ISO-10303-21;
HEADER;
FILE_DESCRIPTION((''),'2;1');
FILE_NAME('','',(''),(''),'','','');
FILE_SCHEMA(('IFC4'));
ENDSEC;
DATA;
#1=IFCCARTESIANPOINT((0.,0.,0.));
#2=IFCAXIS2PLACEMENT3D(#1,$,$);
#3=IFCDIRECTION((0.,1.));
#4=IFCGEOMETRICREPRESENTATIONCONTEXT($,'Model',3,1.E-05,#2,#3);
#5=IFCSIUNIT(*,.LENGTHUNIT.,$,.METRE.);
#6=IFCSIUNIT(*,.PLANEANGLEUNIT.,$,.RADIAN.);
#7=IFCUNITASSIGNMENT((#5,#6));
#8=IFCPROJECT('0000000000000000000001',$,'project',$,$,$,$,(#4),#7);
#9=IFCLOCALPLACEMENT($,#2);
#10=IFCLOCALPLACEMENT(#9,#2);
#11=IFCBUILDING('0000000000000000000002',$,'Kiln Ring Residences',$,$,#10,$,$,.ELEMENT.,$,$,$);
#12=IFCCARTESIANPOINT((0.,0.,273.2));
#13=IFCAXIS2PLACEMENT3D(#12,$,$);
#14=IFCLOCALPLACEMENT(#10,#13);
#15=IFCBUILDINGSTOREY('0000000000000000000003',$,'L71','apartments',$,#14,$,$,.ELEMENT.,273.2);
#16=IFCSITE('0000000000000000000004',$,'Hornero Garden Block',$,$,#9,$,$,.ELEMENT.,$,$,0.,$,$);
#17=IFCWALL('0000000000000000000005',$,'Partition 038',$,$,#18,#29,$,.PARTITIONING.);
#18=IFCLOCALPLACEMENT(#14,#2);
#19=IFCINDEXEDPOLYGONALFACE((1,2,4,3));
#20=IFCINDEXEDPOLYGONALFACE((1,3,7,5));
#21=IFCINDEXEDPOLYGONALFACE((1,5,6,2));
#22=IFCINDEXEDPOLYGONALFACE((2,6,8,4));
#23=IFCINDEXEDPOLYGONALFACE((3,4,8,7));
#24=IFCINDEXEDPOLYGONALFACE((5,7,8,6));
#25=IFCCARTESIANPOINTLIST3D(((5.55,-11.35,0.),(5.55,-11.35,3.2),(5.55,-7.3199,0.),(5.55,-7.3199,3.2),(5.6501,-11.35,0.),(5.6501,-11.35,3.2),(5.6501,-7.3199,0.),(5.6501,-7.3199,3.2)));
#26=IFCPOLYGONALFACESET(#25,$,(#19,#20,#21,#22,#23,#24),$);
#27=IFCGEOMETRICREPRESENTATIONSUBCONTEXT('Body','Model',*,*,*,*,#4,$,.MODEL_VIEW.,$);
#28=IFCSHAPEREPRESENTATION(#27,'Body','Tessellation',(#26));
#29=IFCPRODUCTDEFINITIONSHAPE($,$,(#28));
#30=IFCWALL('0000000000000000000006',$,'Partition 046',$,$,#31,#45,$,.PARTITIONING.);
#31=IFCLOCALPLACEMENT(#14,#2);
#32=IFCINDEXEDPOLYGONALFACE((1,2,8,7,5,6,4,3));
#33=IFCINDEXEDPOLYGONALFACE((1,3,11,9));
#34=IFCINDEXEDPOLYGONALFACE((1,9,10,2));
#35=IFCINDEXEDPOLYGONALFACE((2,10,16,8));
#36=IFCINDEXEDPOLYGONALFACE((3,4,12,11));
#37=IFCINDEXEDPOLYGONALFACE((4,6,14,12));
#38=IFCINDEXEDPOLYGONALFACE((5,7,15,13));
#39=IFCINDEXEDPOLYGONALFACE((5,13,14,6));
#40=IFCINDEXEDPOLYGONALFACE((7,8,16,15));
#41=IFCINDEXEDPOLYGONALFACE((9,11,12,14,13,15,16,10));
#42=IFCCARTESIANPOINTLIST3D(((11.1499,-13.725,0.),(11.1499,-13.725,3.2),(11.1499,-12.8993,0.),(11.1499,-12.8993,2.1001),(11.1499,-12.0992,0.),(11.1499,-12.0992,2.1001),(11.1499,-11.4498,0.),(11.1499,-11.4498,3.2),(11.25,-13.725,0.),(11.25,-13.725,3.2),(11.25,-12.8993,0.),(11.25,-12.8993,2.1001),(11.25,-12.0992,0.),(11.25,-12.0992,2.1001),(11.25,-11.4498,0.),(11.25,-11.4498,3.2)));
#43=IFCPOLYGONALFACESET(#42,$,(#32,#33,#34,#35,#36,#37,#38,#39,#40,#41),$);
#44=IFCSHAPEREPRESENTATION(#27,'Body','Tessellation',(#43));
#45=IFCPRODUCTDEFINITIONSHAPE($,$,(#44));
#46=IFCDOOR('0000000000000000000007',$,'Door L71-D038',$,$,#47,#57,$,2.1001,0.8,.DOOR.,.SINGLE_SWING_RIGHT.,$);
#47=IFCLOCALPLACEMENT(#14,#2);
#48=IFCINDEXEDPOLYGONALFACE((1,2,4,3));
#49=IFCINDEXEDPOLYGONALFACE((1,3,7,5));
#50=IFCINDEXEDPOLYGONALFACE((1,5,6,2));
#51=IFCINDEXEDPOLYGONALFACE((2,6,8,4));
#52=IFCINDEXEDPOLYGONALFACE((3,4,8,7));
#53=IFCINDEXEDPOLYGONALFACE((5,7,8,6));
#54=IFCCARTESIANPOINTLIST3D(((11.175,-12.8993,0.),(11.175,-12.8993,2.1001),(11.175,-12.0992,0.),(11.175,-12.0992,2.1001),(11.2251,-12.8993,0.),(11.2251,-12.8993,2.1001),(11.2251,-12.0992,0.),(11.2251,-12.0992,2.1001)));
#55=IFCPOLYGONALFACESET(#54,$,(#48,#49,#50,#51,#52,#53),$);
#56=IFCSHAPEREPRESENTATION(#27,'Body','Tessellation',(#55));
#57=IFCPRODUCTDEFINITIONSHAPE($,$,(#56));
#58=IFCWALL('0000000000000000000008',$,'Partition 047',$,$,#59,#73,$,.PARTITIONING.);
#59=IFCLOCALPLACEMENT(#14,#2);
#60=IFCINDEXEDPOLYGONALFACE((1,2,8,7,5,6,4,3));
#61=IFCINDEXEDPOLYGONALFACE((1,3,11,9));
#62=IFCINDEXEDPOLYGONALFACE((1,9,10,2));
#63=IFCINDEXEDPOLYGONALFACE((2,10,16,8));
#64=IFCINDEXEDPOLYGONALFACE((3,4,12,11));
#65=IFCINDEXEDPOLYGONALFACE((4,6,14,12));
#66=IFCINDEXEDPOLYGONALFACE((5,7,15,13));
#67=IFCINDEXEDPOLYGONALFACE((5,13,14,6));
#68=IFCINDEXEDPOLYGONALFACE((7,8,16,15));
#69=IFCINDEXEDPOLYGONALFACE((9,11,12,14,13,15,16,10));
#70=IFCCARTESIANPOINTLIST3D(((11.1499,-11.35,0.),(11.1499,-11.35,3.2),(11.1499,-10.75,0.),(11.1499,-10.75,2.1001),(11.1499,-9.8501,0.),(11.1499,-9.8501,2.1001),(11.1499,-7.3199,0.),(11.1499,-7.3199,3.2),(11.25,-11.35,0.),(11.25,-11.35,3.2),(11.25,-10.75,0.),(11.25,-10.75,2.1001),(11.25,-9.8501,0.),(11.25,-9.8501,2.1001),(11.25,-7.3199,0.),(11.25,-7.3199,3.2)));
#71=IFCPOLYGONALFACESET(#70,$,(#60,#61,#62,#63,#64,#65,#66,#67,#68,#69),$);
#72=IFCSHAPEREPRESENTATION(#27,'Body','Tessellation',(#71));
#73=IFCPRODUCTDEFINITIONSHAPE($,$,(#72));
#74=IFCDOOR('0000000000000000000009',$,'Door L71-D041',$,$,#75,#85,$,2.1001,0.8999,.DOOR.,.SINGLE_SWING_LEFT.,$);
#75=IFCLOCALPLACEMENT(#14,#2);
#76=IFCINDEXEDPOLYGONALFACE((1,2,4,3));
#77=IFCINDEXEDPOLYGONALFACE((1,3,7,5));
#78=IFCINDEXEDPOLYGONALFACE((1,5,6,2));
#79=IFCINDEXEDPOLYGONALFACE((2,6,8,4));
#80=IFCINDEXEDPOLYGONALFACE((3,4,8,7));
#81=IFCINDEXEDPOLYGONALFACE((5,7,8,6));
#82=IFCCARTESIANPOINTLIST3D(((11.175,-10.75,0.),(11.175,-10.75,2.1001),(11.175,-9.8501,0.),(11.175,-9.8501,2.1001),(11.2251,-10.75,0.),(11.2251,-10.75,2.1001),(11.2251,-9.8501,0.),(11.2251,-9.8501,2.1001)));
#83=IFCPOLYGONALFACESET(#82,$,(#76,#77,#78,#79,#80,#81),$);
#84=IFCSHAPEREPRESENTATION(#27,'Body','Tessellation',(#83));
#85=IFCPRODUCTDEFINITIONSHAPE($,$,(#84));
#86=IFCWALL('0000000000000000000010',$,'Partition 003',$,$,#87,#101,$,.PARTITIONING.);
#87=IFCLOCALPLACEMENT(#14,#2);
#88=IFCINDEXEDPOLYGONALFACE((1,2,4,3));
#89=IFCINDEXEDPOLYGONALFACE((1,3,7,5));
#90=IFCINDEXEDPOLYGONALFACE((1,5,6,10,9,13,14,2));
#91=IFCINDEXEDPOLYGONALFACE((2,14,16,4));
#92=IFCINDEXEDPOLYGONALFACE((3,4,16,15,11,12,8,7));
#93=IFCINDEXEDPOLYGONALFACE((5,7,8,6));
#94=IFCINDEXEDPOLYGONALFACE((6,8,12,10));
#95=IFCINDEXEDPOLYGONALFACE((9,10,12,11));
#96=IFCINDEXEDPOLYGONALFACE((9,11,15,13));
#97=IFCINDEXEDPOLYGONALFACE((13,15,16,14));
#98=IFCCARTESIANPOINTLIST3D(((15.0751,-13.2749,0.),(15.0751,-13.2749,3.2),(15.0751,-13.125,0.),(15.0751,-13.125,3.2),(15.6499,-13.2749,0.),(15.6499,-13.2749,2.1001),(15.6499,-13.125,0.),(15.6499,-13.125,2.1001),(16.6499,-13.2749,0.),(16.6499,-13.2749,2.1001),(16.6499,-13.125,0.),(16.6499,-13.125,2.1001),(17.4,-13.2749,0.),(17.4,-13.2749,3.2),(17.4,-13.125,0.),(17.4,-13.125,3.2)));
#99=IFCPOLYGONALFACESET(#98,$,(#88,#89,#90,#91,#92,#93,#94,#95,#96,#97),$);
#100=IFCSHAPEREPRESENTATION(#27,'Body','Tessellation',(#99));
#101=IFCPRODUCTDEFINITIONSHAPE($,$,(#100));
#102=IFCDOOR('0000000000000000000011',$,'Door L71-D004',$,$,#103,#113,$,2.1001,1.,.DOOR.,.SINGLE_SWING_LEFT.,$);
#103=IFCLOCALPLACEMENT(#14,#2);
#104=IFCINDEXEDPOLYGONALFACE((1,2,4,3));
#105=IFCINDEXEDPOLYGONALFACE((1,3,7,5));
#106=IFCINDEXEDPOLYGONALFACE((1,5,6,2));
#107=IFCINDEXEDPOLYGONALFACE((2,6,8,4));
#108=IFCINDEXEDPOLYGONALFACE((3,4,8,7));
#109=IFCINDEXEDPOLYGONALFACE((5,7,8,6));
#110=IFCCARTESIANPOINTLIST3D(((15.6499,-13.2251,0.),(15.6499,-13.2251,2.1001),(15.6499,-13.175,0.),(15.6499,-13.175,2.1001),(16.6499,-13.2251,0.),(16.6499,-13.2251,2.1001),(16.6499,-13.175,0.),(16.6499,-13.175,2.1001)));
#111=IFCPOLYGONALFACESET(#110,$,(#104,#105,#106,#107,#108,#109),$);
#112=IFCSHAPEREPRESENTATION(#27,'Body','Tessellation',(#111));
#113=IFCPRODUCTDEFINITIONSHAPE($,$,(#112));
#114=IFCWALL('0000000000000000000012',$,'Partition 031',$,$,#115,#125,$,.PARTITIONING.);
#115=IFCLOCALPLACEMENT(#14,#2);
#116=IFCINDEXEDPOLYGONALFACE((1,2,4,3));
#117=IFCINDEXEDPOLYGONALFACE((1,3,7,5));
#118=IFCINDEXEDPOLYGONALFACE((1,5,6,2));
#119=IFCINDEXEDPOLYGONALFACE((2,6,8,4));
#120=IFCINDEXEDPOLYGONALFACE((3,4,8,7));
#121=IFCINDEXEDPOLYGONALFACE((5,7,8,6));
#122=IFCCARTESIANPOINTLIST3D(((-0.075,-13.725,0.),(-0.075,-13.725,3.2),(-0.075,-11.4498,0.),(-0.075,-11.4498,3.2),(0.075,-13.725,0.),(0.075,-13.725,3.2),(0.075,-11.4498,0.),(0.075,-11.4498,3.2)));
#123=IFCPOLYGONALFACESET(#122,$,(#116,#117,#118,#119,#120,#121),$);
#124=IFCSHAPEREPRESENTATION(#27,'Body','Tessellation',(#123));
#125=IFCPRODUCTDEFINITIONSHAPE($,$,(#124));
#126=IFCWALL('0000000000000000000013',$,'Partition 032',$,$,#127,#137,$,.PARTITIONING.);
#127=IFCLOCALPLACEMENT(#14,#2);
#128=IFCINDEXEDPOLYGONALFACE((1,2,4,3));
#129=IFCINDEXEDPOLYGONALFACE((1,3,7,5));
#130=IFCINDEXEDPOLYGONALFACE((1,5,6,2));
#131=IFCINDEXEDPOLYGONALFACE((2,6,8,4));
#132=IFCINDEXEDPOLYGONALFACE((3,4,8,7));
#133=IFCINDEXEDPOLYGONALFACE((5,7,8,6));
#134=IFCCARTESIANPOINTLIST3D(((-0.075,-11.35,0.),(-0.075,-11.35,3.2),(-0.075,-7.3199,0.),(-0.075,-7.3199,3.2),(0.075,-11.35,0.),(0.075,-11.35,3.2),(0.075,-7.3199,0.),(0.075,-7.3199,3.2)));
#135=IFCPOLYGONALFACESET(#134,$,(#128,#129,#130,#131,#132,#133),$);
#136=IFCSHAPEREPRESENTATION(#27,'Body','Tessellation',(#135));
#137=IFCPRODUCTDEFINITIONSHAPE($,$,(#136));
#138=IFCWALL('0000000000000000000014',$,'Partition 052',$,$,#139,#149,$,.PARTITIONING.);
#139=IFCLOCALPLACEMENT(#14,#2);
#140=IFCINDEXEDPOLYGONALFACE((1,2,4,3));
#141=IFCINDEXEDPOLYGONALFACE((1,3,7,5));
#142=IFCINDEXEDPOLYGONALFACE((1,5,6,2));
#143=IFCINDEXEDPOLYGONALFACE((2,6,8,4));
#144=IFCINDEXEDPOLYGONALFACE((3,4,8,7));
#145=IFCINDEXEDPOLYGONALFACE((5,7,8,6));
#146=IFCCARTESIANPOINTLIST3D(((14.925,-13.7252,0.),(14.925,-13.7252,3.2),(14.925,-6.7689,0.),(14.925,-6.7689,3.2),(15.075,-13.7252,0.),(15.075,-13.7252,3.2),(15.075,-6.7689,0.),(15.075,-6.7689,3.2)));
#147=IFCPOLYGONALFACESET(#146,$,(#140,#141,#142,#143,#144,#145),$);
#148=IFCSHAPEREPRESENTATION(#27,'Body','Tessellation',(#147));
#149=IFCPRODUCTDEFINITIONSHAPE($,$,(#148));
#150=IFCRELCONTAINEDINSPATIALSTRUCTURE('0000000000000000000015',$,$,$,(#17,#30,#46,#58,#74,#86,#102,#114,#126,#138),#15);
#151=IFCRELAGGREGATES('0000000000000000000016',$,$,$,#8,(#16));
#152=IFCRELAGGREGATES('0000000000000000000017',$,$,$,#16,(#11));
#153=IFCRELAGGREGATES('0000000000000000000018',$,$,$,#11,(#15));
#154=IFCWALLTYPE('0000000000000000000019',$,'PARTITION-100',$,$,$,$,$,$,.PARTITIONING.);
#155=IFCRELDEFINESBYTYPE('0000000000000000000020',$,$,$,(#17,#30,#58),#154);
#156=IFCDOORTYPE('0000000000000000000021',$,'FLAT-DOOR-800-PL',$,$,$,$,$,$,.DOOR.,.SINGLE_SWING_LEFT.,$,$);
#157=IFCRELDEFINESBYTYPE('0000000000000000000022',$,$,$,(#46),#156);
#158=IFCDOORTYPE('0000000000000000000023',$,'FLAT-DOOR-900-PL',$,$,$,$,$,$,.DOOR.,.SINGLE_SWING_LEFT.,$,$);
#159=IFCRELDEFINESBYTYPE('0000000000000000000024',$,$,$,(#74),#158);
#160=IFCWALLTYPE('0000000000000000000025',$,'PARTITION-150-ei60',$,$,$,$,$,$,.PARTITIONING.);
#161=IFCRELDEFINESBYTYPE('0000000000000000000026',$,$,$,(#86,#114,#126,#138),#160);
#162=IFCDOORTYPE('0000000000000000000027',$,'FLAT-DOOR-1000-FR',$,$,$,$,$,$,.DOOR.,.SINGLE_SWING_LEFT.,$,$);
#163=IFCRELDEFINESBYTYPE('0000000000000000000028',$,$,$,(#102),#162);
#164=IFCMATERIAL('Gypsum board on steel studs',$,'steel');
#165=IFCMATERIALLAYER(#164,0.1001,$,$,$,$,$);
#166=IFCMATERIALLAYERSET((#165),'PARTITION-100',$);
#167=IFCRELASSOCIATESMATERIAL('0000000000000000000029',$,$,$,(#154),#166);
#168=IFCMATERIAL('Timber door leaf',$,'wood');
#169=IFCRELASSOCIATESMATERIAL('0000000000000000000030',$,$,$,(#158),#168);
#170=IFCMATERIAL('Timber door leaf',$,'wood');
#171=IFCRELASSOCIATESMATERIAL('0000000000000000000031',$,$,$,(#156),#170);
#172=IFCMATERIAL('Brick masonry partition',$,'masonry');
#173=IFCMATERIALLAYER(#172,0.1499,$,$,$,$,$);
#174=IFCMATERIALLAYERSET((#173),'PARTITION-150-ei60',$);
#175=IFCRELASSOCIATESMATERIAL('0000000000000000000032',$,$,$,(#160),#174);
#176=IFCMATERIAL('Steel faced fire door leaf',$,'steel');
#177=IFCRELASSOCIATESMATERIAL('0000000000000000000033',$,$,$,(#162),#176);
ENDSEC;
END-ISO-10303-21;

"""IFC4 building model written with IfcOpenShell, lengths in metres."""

from ifc_helpers import new_model, si_unit, direction, frame, frame_2d, origin, place, context, subcontext, project, spatial, rectangle, extrude, material, layer, layer_set, type_object, element, fill, save


model = new_model("IFC4")

# Units and contexts
model_context = context("Model", 3, precision=1e-05, world=origin(), true_north=direction((0.0, 1.0)))
body_context = subcontext(model_context, "Body", "Model", "MODEL_VIEW")
ifc_project = project(units=[si_unit("LENGTHUNIT", "METRE"), si_unit("PLANEANGLEUNIT", "RADIAN")], contexts=[model_context])

# Site, building, storey
site_placement = place(None, origin())
site = spatial("IfcSite", under=ifc_project, at=site_placement, Name="Hornero Garden Block", CompositionType="ELEMENT", RefElevation=0.0)
building_placement = place(site_placement, origin())
building = spatial("IfcBuilding", under=site, at=building_placement, Name="Kiln Ring Residences", CompositionType="ELEMENT")
storey_placement = place(building_placement, frame((0.0, 0.0, 273.2)))
storey = spatial("IfcBuildingStorey", under=building, at=storey_placement, Name="L71", Description="apartments", CompositionType="ELEMENT", Elevation=273.2)

# Shared definitions
ifc_material_1 = material(Name="Gypsum board on steel studs", Category="steel")
ifc_layer_1 = layer(ifc_material_1, 0.1001)
ifc_layer_set_1 = layer_set([ifc_layer_1], Name="PARTITION-100")
wall_type_1 = type_object("IfcWallType", Name="PARTITION-100", PredefinedType="PARTITIONING", material=ifc_layer_set_1)
ifc_material_2 = material(Name="Timber door leaf", Category="wood")
door_type_1 = type_object("IfcDoorType", Name="FLAT-DOOR-900-PL", OperationType="SINGLE_SWING_LEFT", PredefinedType="DOOR", material=ifc_material_2)

# Wall
wall_1_placement = place(storey_placement, frame((5.6001, -11.3501, 0.0), z_axis=(0.0, 0.0, 1.0), x_axis=(0.0, 1.0, 0.0)))
element("IfcWall", 1, at=wall_1_placement, inside=storey, type_object=wall_type_1, Name="Partition 038", PredefinedType="PARTITIONING", context=body_context, shape_type="SweptSolid", body=[
    extrude(rectangle(XDim=4.03, YDim=0.1001, at=frame_2d((2.0151, 0.0))), origin(), (0.0, 0.0, 1.0), 3.2),
])

# Walls, openings, doors
wall_2_placement = place(storey_placement, frame((11.2, -13.7251, 0.0), z_axis=(0.0, 0.0, 1.0), x_axis=(0.0, 1.0, 0.0)))
wall_2 = element("IfcWall", 2, at=wall_2_placement, inside=storey, type_object=wall_type_1, Name="Partition 046", PredefinedType="PARTITIONING", context=body_context, shape_type="SweptSolid", body=[
    extrude(rectangle(XDim=2.2751, YDim=0.1001, at=frame_2d((1.1377, 0.0))), origin(), (0.0, 0.0, 1.0), 3.2),
])
opening_1_placement = place(wall_2_placement, frame((0.8259, 0.0, 0.0)))
opening_1 = element("IfcOpeningElement", 3, at=opening_1_placement, cuts=wall_2, PredefinedType="OPENING", context=body_context, shape_type="SweptSolid", body=[
    extrude(rectangle(XDim=0.8, YDim=2.1001, at=frame_2d((0.3999, 1.05))), frame((0.0, 0.0601, 0.0), z_axis=(0.0, -1.0, 0.0), x_axis=(1.0, 0.0, 0.0)), (0.0, 0.0, 1.0), 0.1201),
])
ifc_material_3 = material(Name="Timber door leaf", Category="wood")
door_type_2 = type_object("IfcDoorType", Name="FLAT-DOOR-800-PL", OperationType="SINGLE_SWING_LEFT", PredefinedType="DOOR", material=ifc_material_3)
door_1_placement = place(opening_1_placement, origin())
door_1 = element("IfcDoor", 4, at=door_1_placement, inside=storey, type_object=door_type_2, Name="Door L71-D038", OperationType="SINGLE_SWING_RIGHT", OverallHeight=2.1001, OverallWidth=0.8, PredefinedType="DOOR", context=body_context, shape_type="SweptSolid", body=[
    extrude(rectangle(XDim=0.8, YDim=2.1001, at=frame_2d((0.3999, 1.05))), frame((0.0, 0.0249, 0.0), z_axis=(0.0, -1.0, 0.0), x_axis=(1.0, 0.0, 0.0)), (0.0, 0.0, 1.0), 0.05),
])
fill(opening_1, door_1)
wall_3_placement = place(storey_placement, frame((11.2, -11.3501, 0.0), z_axis=(0.0, 0.0, 1.0), x_axis=(0.0, 1.0, 0.0)))
wall_3 = element("IfcWall", 5, at=wall_3_placement, inside=storey, type_object=wall_type_1, Name="Partition 047", PredefinedType="PARTITIONING", context=body_context, shape_type="SweptSolid", body=[
    extrude(rectangle(XDim=4.03, YDim=0.1001, at=frame_2d((2.0151, 0.0))), origin(), (0.0, 0.0, 1.0), 3.2),
])
opening_2_placement = place(wall_3_placement, frame((0.6001, 0.0, 0.0)))
opening_2 = element("IfcOpeningElement", 6, at=opening_2_placement, cuts=wall_3, PredefinedType="OPENING", context=body_context, shape_type="SweptSolid", body=[
    extrude(rectangle(XDim=0.8999, YDim=2.1001, at=frame_2d((0.45, 1.05))), frame((0.0, 0.0601, 0.0), z_axis=(0.0, -1.0, 0.0), x_axis=(1.0, 0.0, 0.0)), (0.0, 0.0, 1.0), 0.1201),
])
door_2_placement = place(opening_2_placement, origin())
door_2 = element("IfcDoor", 7, at=door_2_placement, inside=storey, type_object=door_type_1, Name="Door L71-D041", OperationType="SINGLE_SWING_LEFT", OverallHeight=2.1001, OverallWidth=0.8999, PredefinedType="DOOR", context=body_context, shape_type="SweptSolid", body=[
    extrude(rectangle(XDim=0.8999, YDim=2.1001, at=frame_2d((0.45, 1.05))), frame((0.0, 0.0249, 0.0), z_axis=(0.0, -1.0, 0.0), x_axis=(1.0, 0.0, 0.0)), (0.0, 0.0, 1.0), 0.05),
])
fill(opening_2, door_2)
ifc_material_4 = material(Name="Brick masonry partition", Category="masonry")
ifc_layer_2 = layer(ifc_material_4, 0.1499)
ifc_layer_set_2 = layer_set([ifc_layer_2], Name="PARTITION-150-ei60")
wall_type_2 = type_object("IfcWallType", Name="PARTITION-150-ei60", PredefinedType="PARTITIONING", material=ifc_layer_set_2)
wall_4_placement = place(storey_placement, frame((15.075, -13.2, 0.0), z_axis=(0.0, 0.0, 1.0), x_axis=(1.0, 0.0, 0.0)))
wall_4 = element("IfcWall", 8, at=wall_4_placement, inside=storey, type_object=wall_type_2, Name="Partition 003", PredefinedType="PARTITIONING", context=body_context, shape_type="SweptSolid", body=[
    extrude(rectangle(XDim=2.325, YDim=0.1499, at=frame_2d((1.1626, 0.0))), origin(), (0.0, 0.0, 1.0), 3.2),
])
opening_3_placement = place(wall_4_placement, frame((0.575, 0.0, 0.0)))
opening_3 = element("IfcOpeningElement", 9, at=opening_3_placement, cuts=wall_4, PredefinedType="OPENING", context=body_context, shape_type="SweptSolid", body=[
    extrude(rectangle(XDim=1.0, YDim=2.1001, at=frame_2d((0.5, 1.05))), frame((0.0, 0.085, 0.0), z_axis=(0.0, -1.0, 0.0), x_axis=(1.0, 0.0, 0.0)), (0.0, 0.0, 1.0), 0.1699),
])
ifc_material_5 = material(Name="Steel faced fire door leaf", Category="steel")
door_type_3 = type_object("IfcDoorType", Name="FLAT-DOOR-1000-FR", OperationType="SINGLE_SWING_LEFT", PredefinedType="DOOR", material=ifc_material_5)
door_3_placement = place(opening_3_placement, origin())
door_3 = element("IfcDoor", 10, at=door_3_placement, inside=storey, type_object=door_type_3, Name="Door L71-D004", OperationType="SINGLE_SWING_LEFT", OverallHeight=2.1001, OverallWidth=1.0, PredefinedType="DOOR", context=body_context, shape_type="SweptSolid", body=[
    extrude(rectangle(XDim=1.0, YDim=2.1001, at=frame_2d((0.5, 1.05))), frame((0.0, 0.0249, 0.0), z_axis=(0.0, -1.0, 0.0), x_axis=(1.0, 0.0, 0.0)), (0.0, 0.0, 1.0), 0.05),
])
fill(opening_3, door_3)

# Walls
wall_5_placement = place(storey_placement, frame((0.0, -13.7251, 0.0), z_axis=(0.0, 0.0, 1.0), x_axis=(0.0, 1.0, 0.0)))
element("IfcWall", 11, at=wall_5_placement, inside=storey, type_object=wall_type_2, Name="Partition 031", PredefinedType="PARTITIONING", context=body_context, shape_type="SweptSolid", body=[
    extrude(rectangle(XDim=2.2751, YDim=0.1499, at=frame_2d((1.1377, 0.0))), origin(), (0.0, 0.0, 1.0), 3.2),
])
wall_6_placement = place(storey_placement, frame((0.0, -11.3501, 0.0), z_axis=(0.0, 0.0, 1.0), x_axis=(0.0, 1.0, 0.0)))
element("IfcWall", 12, at=wall_6_placement, inside=storey, type_object=wall_type_2, Name="Partition 032", PredefinedType="PARTITIONING", context=body_context, shape_type="SweptSolid", body=[
    extrude(rectangle(XDim=4.03, YDim=0.1499, at=frame_2d((2.0151, 0.0))), origin(), (0.0, 0.0, 1.0), 3.2),
])
wall_7_placement = place(storey_placement, frame((15.0, -13.7251, 0.0), z_axis=(0.0, 0.0, 1.0), x_axis=(0.0, 1.0, 0.0)))
element("IfcWall", 13, at=wall_7_placement, inside=storey, type_object=wall_type_2, Name="Partition 052", PredefinedType="PARTITIONING", context=body_context, shape_type="SweptSolid", body=[
    extrude(rectangle(XDim=6.9563, YDim=0.1499, at=frame_2d((3.478, 0.0))), origin(), (0.0, 0.0, 1.0), 3.2),
])

save(model, "model.ifc")
